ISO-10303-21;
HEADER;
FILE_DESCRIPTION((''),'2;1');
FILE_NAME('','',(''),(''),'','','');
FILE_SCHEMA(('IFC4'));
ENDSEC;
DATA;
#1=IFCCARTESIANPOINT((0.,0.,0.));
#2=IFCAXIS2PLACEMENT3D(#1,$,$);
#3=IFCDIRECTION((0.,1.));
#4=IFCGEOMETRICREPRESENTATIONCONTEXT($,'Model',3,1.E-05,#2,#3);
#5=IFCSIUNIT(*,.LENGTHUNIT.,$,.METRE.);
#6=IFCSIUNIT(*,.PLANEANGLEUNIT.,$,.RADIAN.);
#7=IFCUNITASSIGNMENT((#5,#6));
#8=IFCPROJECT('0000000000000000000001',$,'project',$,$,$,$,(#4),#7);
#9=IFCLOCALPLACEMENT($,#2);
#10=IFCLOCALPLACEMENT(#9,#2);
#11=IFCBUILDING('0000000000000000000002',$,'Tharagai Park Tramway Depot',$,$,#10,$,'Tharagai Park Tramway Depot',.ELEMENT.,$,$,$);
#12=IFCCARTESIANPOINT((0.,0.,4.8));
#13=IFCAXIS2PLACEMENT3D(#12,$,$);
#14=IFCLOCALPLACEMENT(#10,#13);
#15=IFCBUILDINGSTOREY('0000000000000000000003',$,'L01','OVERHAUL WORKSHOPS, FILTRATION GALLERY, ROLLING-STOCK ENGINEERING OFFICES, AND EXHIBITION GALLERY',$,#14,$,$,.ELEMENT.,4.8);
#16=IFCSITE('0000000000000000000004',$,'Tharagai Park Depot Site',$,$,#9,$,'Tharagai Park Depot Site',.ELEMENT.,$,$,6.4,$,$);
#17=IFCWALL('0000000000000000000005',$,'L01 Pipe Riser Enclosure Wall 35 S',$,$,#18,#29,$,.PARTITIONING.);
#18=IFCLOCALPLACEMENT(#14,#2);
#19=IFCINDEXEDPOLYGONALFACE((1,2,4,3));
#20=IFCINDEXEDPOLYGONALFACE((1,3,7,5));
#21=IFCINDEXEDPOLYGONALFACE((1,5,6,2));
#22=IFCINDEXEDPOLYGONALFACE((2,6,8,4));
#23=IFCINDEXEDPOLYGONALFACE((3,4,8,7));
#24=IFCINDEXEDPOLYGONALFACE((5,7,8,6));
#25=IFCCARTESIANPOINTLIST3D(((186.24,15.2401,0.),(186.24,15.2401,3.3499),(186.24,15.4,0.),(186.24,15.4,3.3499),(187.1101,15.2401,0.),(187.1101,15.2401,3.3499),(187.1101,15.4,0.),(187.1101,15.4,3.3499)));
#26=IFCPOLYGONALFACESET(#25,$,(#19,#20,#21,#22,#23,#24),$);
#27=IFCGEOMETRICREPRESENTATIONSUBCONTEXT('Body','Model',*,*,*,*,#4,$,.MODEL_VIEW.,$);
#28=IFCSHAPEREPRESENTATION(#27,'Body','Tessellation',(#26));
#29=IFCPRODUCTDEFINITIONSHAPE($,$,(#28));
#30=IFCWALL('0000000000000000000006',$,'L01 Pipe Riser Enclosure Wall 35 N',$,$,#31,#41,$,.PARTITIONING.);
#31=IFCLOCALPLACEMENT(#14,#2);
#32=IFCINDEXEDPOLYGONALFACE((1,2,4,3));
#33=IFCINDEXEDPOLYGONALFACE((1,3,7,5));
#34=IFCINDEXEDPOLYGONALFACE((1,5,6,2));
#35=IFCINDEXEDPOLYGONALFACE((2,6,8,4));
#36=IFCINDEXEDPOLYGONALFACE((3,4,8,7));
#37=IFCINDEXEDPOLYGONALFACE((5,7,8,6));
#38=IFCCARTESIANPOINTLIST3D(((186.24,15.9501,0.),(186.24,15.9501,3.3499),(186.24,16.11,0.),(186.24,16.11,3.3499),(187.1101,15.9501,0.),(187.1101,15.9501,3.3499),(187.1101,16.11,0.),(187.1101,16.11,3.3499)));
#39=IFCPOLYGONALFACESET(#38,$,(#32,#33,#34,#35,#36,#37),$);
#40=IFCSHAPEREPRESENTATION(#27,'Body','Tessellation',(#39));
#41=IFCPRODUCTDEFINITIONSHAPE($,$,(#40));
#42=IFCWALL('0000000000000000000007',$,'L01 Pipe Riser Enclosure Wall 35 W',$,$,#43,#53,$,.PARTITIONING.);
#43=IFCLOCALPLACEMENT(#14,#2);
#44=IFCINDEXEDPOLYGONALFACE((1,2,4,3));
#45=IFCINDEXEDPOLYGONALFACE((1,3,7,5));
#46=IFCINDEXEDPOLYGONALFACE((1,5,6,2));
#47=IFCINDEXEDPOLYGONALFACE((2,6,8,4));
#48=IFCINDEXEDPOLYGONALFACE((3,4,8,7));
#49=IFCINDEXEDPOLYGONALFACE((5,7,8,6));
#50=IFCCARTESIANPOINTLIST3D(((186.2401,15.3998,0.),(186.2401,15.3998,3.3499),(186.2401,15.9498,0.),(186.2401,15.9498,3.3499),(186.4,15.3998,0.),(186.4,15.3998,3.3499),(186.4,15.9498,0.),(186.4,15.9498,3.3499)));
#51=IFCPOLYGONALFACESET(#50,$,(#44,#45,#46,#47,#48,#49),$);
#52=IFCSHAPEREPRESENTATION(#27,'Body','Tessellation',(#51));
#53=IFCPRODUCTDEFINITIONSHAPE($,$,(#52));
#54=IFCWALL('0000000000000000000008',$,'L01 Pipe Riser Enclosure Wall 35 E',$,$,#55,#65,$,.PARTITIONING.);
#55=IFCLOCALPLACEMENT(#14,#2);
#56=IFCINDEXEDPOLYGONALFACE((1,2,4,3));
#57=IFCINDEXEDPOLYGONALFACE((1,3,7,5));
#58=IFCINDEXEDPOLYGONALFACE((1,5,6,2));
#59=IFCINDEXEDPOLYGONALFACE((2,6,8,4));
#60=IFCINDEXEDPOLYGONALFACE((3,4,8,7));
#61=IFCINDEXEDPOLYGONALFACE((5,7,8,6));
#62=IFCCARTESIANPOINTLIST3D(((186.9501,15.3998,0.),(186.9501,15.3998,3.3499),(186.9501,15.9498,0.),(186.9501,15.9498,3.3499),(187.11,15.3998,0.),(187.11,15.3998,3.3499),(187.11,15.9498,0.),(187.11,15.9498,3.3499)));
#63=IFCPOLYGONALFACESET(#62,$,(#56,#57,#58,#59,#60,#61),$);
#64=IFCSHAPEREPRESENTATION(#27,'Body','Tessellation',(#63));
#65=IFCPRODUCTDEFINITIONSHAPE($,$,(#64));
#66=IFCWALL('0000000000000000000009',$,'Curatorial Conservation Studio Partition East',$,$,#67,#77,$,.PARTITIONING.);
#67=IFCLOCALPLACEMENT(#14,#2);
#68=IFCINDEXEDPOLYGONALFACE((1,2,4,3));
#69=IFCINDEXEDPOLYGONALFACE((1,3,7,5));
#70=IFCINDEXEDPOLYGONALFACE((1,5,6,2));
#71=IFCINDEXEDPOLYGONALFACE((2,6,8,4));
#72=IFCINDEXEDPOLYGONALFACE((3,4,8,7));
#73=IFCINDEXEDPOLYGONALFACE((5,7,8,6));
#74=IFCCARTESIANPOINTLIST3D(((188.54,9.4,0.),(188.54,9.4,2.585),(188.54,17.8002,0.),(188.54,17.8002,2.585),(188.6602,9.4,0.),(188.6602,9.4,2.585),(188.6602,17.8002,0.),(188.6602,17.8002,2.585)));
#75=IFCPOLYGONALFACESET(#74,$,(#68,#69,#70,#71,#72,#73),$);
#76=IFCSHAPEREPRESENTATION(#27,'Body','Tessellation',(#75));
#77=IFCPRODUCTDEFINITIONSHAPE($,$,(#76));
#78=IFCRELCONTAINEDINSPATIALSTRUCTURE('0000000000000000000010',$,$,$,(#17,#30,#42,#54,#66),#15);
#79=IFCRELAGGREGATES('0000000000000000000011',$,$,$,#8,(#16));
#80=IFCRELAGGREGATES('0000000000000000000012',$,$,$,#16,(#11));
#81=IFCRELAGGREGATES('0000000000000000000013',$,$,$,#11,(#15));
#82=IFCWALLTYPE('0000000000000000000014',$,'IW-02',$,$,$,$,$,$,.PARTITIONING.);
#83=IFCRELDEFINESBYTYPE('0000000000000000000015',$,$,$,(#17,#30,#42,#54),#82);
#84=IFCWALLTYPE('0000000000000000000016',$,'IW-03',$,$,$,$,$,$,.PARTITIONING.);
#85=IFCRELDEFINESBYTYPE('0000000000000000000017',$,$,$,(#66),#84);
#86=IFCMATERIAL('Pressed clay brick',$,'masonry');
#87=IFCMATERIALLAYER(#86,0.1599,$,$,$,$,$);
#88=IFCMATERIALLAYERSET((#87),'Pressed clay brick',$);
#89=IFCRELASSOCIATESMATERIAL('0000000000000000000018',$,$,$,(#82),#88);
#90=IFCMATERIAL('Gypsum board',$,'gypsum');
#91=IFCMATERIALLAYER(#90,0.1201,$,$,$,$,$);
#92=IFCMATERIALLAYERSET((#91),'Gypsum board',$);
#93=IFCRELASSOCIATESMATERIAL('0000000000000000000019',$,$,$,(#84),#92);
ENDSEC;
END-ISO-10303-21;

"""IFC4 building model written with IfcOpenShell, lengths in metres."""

from ifc_helpers import new_model, si_unit, direction, frame, frame_2d, origin, place, context, subcontext, project, spatial, rectangle, extrude, material, layer, layer_set, type_object, element, save


model = new_model("IFC4")

# Units and contexts
model_context = context("Model", 3, precision=1e-05, world=origin(), true_north=direction((0.0, 1.0)))
body_context = subcontext(model_context, "Body", "Model", "MODEL_VIEW")
ifc_project = project(units=[si_unit("LENGTHUNIT", "METRE"), si_unit("PLANEANGLEUNIT", "RADIAN")], contexts=[model_context])

# Site, building, storey
site_placement = place(None, origin())
site = spatial("IfcSite", under=ifc_project, at=site_placement, Name="Tharagai Park Depot Site", LongName="Tharagai Park Depot Site", CompositionType="ELEMENT", RefElevation=6.4)
building_placement = place(site_placement, origin())
building = spatial("IfcBuilding", under=site, at=building_placement, Name="Tharagai Park Tramway Depot", LongName="Tharagai Park Tramway Depot", CompositionType="ELEMENT")
storey_placement = place(building_placement, frame((0.0, 0.0, 4.8)))
storey = spatial("IfcBuildingStorey", under=building, at=storey_placement, Name="L01", Description="OVERHAUL WORKSHOPS, FILTRATION GALLERY, ROLLING-STOCK ENGINEERING OFFICES, AND EXHIBITION GALLERY", CompositionType="ELEMENT", Elevation=4.8)

# Shared definitions
ifc_material_1 = material(Name="Pressed clay brick", Category="masonry")

# Walls
ifc_layer_1 = layer(ifc_material_1, 0.1599)
ifc_layer_set_1 = layer_set([ifc_layer_1], Name="Pressed clay brick")
wall_type_1 = type_object("IfcWallType", Name="IW-02", PredefinedType="PARTITIONING", material=ifc_layer_set_1)
for number, where, z_axis, x_axis, name in (
    (1, (186.24, 15.3201, 0.0), (0.0, 0.0, 1.0), (1.0, 0.0, 0.0), "L01 Pipe Riser Enclosure Wall 35 S"),
    (2, (186.24, 16.03, 0.0), (0.0, 0.0, 1.0), (1.0, 0.0, 0.0), "L01 Pipe Riser Enclosure Wall 35 N"),
):
    element("IfcWall", number, at=place(storey_placement, frame(where, z_axis=z_axis, x_axis=x_axis)), inside=storey, type_object=wall_type_1, Name=name, PredefinedType="PARTITIONING", context=body_context, shape_type="SweptSolid", body=[
        extrude(rectangle(XDim=0.8701, YDim=0.1599, at=frame_2d((0.4351, 0.0))), origin(), (0.0, 0.0, 1.0), 3.3499),
    ])
for number, where, z_axis, x_axis, name in (
    (3, (186.3201, 15.3999, 0.0), (0.0, 0.0, 1.0), (0.0, 1.0, 0.0), "L01 Pipe Riser Enclosure Wall 35 W"),
    (4, (187.03, 15.3999, 0.0), (0.0, 0.0, 1.0), (0.0, 1.0, 0.0), "L01 Pipe Riser Enclosure Wall 35 E"),
):
    element("IfcWall", number, at=place(storey_placement, frame(where, z_axis=z_axis, x_axis=x_axis)), inside=storey, type_object=wall_type_1, Name=name, PredefinedType="PARTITIONING", context=body_context, shape_type="SweptSolid", body=[
        extrude(rectangle(XDim=0.55, YDim=0.1599, at=frame_2d((0.2749, 0.0))), origin(), (0.0, 0.0, 1.0), 3.3499),
    ])
ifc_material_2 = material(Name="Gypsum board", Category="gypsum")
ifc_layer_2 = layer(ifc_material_2, 0.1201)
ifc_layer_set_2 = layer_set([ifc_layer_2], Name="Gypsum board")
wall_type_2 = type_object("IfcWallType", Name="IW-03", PredefinedType="PARTITIONING", material=ifc_layer_set_2)
wall_1_placement = place(storey_placement, frame((188.6001, 9.3999, 0.0), z_axis=(0.0, 0.0, 1.0), x_axis=(0.0, 1.0, 0.0)))
element("IfcWall", 5, at=wall_1_placement, inside=storey, type_object=wall_type_2, Name="Curatorial Conservation Studio Partition East", PredefinedType="PARTITIONING", context=body_context, shape_type="SweptSolid", body=[
    extrude(rectangle(XDim=8.4001, YDim=0.1201, at=frame_2d((4.2002, 0.0))), origin(), (0.0, 0.0, 1.0), 2.585),
])

save(model, "model.ifc")
